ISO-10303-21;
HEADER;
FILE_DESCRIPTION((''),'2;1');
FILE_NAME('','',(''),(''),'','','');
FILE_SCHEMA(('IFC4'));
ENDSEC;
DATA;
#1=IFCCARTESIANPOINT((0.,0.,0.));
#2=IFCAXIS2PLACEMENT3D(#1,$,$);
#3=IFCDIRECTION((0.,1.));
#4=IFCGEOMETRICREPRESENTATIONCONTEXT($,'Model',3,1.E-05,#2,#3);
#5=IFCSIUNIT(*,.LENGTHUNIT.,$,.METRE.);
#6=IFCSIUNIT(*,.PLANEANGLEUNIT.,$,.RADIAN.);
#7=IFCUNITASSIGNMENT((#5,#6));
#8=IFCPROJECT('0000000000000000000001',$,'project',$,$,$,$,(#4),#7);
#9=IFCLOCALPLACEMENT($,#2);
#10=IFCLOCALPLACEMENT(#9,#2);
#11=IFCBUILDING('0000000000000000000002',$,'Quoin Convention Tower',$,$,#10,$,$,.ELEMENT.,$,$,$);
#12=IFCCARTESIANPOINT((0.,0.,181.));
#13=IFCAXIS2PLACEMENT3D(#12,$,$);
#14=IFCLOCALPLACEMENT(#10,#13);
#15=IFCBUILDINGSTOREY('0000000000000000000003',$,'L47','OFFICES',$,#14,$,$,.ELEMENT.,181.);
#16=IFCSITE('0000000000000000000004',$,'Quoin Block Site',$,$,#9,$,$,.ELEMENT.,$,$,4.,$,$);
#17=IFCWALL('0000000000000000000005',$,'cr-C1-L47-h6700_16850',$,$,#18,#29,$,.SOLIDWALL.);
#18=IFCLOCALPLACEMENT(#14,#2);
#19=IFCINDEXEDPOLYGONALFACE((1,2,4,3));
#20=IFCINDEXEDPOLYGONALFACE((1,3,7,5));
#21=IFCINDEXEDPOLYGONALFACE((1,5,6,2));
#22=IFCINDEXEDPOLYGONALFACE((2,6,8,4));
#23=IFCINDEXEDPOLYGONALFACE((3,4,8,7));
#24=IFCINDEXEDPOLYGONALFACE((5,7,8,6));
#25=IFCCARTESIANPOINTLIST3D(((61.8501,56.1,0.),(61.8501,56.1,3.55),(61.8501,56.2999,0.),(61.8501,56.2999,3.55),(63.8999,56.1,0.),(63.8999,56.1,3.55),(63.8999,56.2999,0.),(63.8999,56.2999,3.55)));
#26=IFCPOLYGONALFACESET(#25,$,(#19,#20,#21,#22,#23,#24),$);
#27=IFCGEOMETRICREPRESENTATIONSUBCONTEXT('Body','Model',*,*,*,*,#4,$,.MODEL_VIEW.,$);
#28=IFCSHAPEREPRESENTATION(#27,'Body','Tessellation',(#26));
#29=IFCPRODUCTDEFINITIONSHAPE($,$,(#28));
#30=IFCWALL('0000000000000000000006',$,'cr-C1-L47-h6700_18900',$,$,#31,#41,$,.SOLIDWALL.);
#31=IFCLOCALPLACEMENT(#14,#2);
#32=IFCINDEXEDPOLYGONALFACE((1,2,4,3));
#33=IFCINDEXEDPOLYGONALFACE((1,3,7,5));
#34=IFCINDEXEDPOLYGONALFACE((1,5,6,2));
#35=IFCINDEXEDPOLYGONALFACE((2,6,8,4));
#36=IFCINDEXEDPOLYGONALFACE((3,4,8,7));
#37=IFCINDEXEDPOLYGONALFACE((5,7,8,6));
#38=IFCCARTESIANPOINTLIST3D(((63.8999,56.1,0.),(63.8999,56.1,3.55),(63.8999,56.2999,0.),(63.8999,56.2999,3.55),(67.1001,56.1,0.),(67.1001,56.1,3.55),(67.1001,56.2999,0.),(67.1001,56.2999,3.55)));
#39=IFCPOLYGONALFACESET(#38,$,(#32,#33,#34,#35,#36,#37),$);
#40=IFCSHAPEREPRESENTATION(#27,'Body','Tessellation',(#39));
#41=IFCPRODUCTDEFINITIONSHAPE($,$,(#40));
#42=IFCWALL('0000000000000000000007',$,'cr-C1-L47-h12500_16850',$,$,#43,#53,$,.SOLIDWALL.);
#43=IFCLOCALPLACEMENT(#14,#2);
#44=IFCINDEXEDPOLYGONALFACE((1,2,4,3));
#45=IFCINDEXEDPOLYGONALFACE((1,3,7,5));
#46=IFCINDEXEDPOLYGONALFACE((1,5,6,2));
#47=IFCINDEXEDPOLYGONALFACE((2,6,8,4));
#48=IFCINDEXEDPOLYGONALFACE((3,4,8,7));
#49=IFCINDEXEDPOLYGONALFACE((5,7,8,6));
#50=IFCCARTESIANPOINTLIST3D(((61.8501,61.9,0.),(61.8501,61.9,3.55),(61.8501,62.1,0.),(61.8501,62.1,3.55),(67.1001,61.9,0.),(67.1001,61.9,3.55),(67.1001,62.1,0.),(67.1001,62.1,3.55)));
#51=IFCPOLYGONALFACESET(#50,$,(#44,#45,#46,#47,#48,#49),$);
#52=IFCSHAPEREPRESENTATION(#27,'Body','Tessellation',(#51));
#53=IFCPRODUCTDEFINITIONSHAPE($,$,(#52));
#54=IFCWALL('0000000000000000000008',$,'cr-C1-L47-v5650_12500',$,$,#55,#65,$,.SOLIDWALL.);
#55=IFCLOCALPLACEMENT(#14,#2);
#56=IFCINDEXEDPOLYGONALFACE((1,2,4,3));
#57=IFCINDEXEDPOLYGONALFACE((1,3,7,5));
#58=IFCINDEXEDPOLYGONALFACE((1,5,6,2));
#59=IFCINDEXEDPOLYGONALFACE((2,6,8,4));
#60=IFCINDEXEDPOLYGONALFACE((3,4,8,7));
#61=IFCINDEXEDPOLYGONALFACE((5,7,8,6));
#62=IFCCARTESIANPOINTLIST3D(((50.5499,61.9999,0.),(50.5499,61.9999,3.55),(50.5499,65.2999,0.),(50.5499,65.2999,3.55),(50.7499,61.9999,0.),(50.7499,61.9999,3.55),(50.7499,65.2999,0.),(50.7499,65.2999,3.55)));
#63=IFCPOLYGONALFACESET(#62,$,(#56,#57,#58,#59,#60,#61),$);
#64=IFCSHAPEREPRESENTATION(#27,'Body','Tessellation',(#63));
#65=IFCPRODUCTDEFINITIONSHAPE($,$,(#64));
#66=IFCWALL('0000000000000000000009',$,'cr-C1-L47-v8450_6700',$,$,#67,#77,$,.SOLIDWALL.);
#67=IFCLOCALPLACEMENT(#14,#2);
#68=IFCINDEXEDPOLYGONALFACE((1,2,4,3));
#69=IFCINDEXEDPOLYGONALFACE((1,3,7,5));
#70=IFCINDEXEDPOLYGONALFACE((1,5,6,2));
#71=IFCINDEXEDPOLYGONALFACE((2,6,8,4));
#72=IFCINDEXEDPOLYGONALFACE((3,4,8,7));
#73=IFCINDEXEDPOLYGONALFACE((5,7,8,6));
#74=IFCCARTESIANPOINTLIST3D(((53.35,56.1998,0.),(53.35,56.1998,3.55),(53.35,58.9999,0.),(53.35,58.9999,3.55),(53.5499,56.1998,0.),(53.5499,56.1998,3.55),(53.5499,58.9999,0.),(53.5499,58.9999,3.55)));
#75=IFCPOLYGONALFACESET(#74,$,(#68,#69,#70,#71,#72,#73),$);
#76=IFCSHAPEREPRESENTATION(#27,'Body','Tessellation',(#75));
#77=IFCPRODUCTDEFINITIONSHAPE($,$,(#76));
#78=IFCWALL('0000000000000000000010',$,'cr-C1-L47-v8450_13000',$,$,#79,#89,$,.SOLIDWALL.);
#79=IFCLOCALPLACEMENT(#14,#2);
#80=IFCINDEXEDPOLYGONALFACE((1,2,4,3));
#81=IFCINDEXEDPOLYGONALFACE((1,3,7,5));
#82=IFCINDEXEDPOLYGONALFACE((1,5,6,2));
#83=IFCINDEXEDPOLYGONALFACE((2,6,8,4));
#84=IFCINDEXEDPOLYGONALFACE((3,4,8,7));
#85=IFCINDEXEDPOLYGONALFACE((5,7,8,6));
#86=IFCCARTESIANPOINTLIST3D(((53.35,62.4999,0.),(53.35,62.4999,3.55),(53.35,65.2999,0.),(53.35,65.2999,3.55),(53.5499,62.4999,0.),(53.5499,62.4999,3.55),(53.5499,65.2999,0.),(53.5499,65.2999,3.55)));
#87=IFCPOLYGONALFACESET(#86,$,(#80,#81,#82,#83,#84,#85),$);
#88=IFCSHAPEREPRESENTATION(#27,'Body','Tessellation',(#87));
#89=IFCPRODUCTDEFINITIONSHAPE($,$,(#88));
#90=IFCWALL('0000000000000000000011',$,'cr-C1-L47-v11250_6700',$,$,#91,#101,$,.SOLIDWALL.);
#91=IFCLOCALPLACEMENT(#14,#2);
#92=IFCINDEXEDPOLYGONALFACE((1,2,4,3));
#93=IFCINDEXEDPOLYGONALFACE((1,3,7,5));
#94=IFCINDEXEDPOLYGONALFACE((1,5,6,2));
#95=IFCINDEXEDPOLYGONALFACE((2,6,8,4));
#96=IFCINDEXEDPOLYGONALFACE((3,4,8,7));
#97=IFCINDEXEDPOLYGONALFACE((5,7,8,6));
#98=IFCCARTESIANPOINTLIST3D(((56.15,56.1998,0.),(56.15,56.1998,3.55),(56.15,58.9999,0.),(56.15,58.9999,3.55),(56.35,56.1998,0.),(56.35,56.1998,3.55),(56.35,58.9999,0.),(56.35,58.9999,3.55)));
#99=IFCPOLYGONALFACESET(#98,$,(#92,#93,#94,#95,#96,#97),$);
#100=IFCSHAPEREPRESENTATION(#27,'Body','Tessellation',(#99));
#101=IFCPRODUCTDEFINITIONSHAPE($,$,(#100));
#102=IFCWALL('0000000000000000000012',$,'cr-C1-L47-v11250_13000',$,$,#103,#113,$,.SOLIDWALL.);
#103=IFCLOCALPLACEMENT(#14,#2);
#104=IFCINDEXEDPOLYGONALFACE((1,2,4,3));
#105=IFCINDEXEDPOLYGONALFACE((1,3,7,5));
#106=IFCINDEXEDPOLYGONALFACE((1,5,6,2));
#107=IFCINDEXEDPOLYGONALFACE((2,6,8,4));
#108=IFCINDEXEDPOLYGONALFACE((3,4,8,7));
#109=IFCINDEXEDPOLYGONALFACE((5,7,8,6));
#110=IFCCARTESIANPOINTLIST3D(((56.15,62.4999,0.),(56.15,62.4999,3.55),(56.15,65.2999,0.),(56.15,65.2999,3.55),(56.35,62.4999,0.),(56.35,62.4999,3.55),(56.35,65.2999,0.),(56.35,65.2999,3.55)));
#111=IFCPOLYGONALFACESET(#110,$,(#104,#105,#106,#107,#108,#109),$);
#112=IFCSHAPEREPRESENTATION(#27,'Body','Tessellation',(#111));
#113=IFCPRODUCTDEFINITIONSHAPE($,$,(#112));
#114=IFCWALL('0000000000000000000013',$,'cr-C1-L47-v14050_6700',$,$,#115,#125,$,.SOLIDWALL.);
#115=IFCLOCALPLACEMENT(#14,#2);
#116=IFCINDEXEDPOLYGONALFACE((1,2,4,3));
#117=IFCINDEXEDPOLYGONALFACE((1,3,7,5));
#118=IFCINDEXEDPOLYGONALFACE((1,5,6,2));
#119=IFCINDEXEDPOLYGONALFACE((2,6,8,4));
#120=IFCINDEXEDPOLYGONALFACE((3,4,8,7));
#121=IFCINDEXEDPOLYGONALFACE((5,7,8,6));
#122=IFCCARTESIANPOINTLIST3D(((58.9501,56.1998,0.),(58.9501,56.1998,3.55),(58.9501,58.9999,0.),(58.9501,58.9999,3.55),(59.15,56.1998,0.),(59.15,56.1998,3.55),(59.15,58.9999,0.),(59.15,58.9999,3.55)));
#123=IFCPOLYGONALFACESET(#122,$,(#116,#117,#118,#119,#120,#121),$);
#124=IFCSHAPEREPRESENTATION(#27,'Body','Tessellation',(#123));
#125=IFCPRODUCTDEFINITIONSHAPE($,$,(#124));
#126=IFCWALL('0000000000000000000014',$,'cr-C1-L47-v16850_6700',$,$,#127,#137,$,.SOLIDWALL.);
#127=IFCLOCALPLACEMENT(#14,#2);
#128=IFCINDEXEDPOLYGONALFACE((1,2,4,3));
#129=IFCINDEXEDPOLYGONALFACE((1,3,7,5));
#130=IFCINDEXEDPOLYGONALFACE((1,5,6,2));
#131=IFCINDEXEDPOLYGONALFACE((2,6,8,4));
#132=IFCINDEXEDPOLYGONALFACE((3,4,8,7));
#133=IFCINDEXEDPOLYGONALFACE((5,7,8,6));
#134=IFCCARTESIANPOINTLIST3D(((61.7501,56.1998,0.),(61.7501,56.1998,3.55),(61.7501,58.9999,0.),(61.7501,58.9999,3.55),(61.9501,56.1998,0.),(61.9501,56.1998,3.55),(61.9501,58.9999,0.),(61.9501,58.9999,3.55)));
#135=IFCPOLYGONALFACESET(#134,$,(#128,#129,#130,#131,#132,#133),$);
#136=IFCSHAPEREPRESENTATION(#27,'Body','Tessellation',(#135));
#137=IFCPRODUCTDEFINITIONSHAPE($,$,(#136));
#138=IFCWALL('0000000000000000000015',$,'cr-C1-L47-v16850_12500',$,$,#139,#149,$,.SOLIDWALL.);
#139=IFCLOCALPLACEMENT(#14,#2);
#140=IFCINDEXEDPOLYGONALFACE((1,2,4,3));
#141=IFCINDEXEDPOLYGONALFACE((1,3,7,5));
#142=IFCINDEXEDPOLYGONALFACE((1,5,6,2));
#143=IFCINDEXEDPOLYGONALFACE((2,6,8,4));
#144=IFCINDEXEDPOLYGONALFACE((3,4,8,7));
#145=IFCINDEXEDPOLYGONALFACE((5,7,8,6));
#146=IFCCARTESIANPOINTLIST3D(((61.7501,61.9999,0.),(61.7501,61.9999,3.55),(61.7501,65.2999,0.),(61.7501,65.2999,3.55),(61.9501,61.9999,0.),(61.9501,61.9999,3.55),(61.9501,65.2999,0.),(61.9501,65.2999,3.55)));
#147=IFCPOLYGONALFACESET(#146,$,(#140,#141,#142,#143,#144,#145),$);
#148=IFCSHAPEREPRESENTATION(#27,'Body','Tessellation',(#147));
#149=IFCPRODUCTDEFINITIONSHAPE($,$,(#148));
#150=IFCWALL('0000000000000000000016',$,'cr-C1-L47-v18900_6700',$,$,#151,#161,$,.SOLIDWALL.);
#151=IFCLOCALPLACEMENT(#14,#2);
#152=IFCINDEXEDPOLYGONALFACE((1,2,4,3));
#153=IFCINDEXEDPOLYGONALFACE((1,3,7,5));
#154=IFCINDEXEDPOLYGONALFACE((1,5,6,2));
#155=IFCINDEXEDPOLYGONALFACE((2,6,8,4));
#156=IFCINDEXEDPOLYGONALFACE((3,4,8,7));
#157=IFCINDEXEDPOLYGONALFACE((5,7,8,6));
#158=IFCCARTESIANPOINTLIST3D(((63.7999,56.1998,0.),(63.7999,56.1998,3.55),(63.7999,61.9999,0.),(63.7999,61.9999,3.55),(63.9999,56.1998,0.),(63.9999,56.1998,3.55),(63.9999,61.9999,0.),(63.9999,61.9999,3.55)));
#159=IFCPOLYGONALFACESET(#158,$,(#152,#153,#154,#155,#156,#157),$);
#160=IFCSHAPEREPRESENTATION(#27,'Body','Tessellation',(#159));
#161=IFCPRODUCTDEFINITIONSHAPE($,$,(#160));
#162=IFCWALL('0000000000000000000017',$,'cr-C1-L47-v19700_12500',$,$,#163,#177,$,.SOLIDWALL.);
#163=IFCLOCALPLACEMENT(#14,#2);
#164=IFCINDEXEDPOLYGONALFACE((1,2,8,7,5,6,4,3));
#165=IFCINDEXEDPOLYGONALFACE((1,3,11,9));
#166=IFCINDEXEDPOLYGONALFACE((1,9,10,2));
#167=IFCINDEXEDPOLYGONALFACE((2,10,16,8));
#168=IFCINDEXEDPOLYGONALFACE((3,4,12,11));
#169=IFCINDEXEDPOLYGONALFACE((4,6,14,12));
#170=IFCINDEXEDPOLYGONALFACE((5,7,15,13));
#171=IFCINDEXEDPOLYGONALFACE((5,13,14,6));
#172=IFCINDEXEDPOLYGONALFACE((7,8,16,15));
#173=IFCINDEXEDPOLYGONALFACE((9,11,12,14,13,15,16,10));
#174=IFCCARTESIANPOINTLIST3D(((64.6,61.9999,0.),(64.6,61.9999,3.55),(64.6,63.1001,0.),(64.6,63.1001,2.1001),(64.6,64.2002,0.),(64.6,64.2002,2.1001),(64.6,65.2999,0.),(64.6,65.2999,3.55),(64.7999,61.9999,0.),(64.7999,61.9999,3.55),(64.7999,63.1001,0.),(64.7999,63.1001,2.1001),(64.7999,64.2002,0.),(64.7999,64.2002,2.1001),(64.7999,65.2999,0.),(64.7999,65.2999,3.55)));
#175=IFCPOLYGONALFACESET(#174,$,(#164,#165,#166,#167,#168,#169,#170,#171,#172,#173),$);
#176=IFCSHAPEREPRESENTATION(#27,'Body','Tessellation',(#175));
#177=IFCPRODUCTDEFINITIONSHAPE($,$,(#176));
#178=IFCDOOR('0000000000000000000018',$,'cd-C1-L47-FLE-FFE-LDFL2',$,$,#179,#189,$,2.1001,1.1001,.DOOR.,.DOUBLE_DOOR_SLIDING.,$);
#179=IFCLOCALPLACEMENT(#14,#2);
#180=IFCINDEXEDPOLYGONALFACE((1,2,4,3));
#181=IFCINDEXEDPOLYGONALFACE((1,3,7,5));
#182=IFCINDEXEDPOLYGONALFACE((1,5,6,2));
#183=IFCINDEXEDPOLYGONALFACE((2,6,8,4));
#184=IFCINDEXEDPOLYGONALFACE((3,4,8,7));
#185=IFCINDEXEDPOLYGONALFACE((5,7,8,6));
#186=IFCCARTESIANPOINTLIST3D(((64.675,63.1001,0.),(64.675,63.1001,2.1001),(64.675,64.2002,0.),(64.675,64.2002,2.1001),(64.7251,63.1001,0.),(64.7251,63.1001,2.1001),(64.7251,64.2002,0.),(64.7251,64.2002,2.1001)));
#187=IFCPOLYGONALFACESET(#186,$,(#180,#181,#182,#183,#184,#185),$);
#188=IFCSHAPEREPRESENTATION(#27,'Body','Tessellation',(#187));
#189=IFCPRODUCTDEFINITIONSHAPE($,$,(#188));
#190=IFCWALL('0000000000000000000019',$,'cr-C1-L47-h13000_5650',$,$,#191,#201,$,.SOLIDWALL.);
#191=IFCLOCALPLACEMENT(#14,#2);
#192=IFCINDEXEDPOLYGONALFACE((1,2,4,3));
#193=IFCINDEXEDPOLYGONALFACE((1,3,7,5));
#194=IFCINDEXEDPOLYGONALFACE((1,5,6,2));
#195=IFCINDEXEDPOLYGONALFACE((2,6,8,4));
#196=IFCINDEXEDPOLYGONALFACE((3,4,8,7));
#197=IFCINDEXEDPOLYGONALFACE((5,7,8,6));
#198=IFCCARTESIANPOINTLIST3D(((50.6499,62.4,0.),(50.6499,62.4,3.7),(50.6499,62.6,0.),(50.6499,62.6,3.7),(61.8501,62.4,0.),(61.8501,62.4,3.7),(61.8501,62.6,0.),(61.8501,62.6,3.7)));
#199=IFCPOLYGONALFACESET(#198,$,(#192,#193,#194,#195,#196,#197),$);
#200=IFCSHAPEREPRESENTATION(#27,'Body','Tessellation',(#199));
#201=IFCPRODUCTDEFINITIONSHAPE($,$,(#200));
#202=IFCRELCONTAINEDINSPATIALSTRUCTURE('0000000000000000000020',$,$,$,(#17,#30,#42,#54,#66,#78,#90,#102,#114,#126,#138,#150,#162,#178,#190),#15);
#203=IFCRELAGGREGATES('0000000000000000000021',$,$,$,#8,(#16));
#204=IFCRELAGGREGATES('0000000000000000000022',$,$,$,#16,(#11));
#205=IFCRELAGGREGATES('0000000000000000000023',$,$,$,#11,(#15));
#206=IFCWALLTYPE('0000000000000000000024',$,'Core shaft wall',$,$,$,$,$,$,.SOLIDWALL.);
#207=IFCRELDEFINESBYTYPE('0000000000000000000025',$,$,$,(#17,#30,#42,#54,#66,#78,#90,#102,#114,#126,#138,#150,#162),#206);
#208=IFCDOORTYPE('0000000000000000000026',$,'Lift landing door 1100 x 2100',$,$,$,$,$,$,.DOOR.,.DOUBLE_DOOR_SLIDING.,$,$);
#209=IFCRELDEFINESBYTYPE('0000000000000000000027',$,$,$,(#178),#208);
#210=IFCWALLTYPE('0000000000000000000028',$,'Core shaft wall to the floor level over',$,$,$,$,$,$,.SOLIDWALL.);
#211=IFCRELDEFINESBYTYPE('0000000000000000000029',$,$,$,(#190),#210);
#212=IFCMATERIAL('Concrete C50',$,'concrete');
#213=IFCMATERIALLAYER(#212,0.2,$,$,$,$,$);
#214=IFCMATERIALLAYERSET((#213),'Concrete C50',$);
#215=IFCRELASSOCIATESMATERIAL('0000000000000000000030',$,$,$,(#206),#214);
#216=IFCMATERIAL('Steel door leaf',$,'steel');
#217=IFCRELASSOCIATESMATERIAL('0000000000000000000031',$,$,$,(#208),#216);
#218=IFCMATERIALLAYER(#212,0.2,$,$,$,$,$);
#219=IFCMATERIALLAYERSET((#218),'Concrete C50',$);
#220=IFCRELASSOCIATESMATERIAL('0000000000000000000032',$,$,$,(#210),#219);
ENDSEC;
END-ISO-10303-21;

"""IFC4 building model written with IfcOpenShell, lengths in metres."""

from ifc_helpers import new_model, si_unit, direction, frame, frame_2d, origin, place, context, subcontext, project, spatial, rectangle, extrude, material, layer, layer_set, type_object, element, fill, save


model = new_model("IFC4")

# Units and contexts
model_context = context("Model", 3, precision=1e-05, world=origin(), true_north=direction((0.0, 1.0)))
body_context = subcontext(model_context, "Body", "Model", "MODEL_VIEW")
ifc_project = project(units=[si_unit("LENGTHUNIT", "METRE"), si_unit("PLANEANGLEUNIT", "RADIAN")], contexts=[model_context])

# Site, building, storey
site_placement = place(None, origin())
site = spatial("IfcSite", under=ifc_project, at=site_placement, Name="Quoin Block Site", CompositionType="ELEMENT", RefElevation=4.0)
building_placement = place(site_placement, origin())
building = spatial("IfcBuilding", under=site, at=building_placement, Name="Quoin Convention Tower", CompositionType="ELEMENT")
storey_placement = place(building_placement, frame((0.0, 0.0, 181.0)))
storey = spatial("IfcBuildingStorey", under=building, at=storey_placement, Name="L47", Description="OFFICES", CompositionType="ELEMENT", Elevation=181.0)

# Walls
ifc_material_1 = material(Name="Concrete C50", Category="concrete")
ifc_layer_1 = layer(ifc_material_1, 0.2)
ifc_layer_set_1 = layer_set([ifc_layer_1], Name="Concrete C50")
wall_type_1 = type_object("IfcWallType", Name="Core shaft wall", PredefinedType="SOLIDWALL", material=ifc_layer_set_1)
wall_1_placement = place(storey_placement, frame((61.8501, 56.2, 0.0), z_axis=(0.0, 0.0, 1.0), x_axis=(1.0, 0.0, 0.0)))
element("IfcWall", 1, at=wall_1_placement, inside=storey, type_object=wall_type_1, Name="cr-C1-L47-h6700_16850", PredefinedType="SOLIDWALL", context=body_context, shape_type="SweptSolid", body=[
    extrude(rectangle(XDim=2.0498, YDim=0.2, at=frame_2d((1.0249, 0.0))), origin(), (0.0, 0.0, 1.0), 3.55),
])
wall_2_placement = place(storey_placement, frame((63.8999, 56.2, 0.0), z_axis=(0.0, 0.0, 1.0), x_axis=(1.0, 0.0, 0.0)))
element("IfcWall", 2, at=wall_2_placement, inside=storey, type_object=wall_type_1, Name="cr-C1-L47-h6700_18900", PredefinedType="SOLIDWALL", context=body_context, shape_type="SweptSolid", body=[
    extrude(rectangle(XDim=3.2002, YDim=0.2, at=frame_2d((1.6001, 0.0))), origin(), (0.0, 0.0, 1.0), 3.55),
])
wall_3_placement = place(storey_placement, frame((61.8501, 62.0, 0.0), z_axis=(0.0, 0.0, 1.0), x_axis=(1.0, 0.0, 0.0)))
element("IfcWall", 3, at=wall_3_placement, inside=storey, type_object=wall_type_1, Name="cr-C1-L47-h12500_16850", PredefinedType="SOLIDWALL", context=body_context, shape_type="SweptSolid", body=[
    extrude(rectangle(XDim=5.25, YDim=0.2, at=frame_2d((2.625, 0.0))), origin(), (0.0, 0.0, 1.0), 3.55),
])
wall_4_placement = place(storey_placement, frame((50.6499, 62.0, 0.0), z_axis=(0.0, 0.0, 1.0), x_axis=(0.0, 1.0, 0.0)))
element("IfcWall", 4, at=wall_4_placement, inside=storey, type_object=wall_type_1, Name="cr-C1-L47-v5650_12500", PredefinedType="SOLIDWALL", context=body_context, shape_type="SweptSolid", body=[
    extrude(rectangle(XDim=3.3, YDim=0.2, at=frame_2d((1.6499, 0.0))), origin(), (0.0, 0.0, 1.0), 3.55),
])
for number, where, z_axis, x_axis, name in (
    (5, (53.45, 56.2, 0.0), (0.0, 0.0, 1.0), (0.0, 1.0, 0.0), "cr-C1-L47-v8450_6700"),
    (6, (53.45, 62.5, 0.0), (0.0, 0.0, 1.0), (0.0, 1.0, 0.0), "cr-C1-L47-v8450_13000"),
    (7, (56.25, 56.2, 0.0), (0.0, 0.0, 1.0), (0.0, 1.0, 0.0), "cr-C1-L47-v11250_6700"),
    (8, (56.25, 62.5, 0.0), (0.0, 0.0, 1.0), (0.0, 1.0, 0.0), "cr-C1-L47-v11250_13000"),
    (9, (59.05, 56.2, 0.0), (0.0, 0.0, 1.0), (0.0, 1.0, 0.0), "cr-C1-L47-v14050_6700"),
    (10, (61.8501, 56.2, 0.0), (0.0, 0.0, 1.0), (0.0, 1.0, 0.0), "cr-C1-L47-v16850_6700"),
):
    element("IfcWall", number, at=place(storey_placement, frame(where, z_axis=z_axis, x_axis=x_axis)), inside=storey, type_object=wall_type_1, Name=name, PredefinedType="SOLIDWALL", context=body_context, shape_type="SweptSolid", body=[
        extrude(rectangle(XDim=2.8, YDim=0.2, at=frame_2d((1.3999, 0.0))), origin(), (0.0, 0.0, 1.0), 3.55),
    ])
wall_5_placement = place(storey_placement, frame((61.8501, 62.0, 0.0), z_axis=(0.0, 0.0, 1.0), x_axis=(0.0, 1.0, 0.0)))
element("IfcWall", 11, at=wall_5_placement, inside=storey, type_object=wall_type_1, Name="cr-C1-L47-v16850_12500", PredefinedType="SOLIDWALL", context=body_context, shape_type="SweptSolid", body=[
    extrude(rectangle(XDim=3.3, YDim=0.2, at=frame_2d((1.6499, 0.0))), origin(), (0.0, 0.0, 1.0), 3.55),
])
wall_6_placement = place(storey_placement, frame((63.8999, 56.2, 0.0), z_axis=(0.0, 0.0, 1.0), x_axis=(0.0, 1.0, 0.0)))
element("IfcWall", 12, at=wall_6_placement, inside=storey, type_object=wall_type_1, Name="cr-C1-L47-v18900_6700", PredefinedType="SOLIDWALL", context=body_context, shape_type="SweptSolid", body=[
    extrude(rectangle(XDim=5.8, YDim=0.2, at=frame_2d((2.8999, 0.0))), origin(), (0.0, 0.0, 1.0), 3.55),
])

# Wall, opening, door
wall_7_placement = place(storey_placement, frame((64.7, 62.0, 0.0), z_axis=(0.0, 0.0, 1.0), x_axis=(0.0, 1.0, 0.0)))
wall_7 = element("IfcWall", 13, at=wall_7_placement, inside=storey, type_object=wall_type_1, Name="cr-C1-L47-v19700_12500", PredefinedType="SOLIDWALL", context=body_context, shape_type="SweptSolid", body=[
    extrude(rectangle(XDim=3.3, YDim=0.2, at=frame_2d((1.6499, 0.0))), origin(), (0.0, 0.0, 1.0), 3.55),
])
opening_placement = place(wall_7_placement, frame((1.1001, 0.0, 0.0)))
opening = element("IfcOpeningElement", 14, at=opening_placement, cuts=wall_7, PredefinedType="OPENING", context=body_context, shape_type="SweptSolid", body=[
    extrude(rectangle(XDim=1.1001, YDim=2.1001, at=frame_2d((0.55, 1.05))), frame((0.0, 0.1099, 0.0), z_axis=(0.0, -1.0, 0.0), x_axis=(1.0, 0.0, 0.0)), (0.0, 0.0, 1.0), 0.22),
])
ifc_material_2 = material(Name="Steel door leaf", Category="steel")
door_type = type_object("IfcDoorType", Name="Lift landing door 1100 x 2100", OperationType="DOUBLE_DOOR_SLIDING", PredefinedType="DOOR", material=ifc_material_2)
door_placement = place(opening_placement, origin())
door = element("IfcDoor", 15, at=door_placement, inside=storey, type_object=door_type, Name="cd-C1-L47-FLE-FFE-LDFL2", OperationType="DOUBLE_DOOR_SLIDING", OverallHeight=2.1001, OverallWidth=1.1001, PredefinedType="DOOR", context=body_context, shape_type="SweptSolid", body=[
    extrude(rectangle(XDim=1.1001, YDim=2.1001, at=frame_2d((0.55, 1.05))), frame((0.0, 0.0249, 0.0), z_axis=(0.0, -1.0, 0.0), x_axis=(1.0, 0.0, 0.0)), (0.0, 0.0, 1.0), 0.05),
])
fill(opening, door)

# Wall
ifc_layer_2 = layer(ifc_material_1, 0.2)
ifc_layer_set_2 = layer_set([ifc_layer_2], Name="Concrete C50")
wall_type_2 = type_object("IfcWallType", Name="Core shaft wall to the floor level over", PredefinedType="SOLIDWALL", material=ifc_layer_set_2)
wall_8_placement = place(storey_placement, frame((50.6499, 62.5, 0.0), z_axis=(0.0, 0.0, 1.0), x_axis=(1.0, 0.0, 0.0)))
element("IfcWall", 16, at=wall_8_placement, inside=storey, type_object=wall_type_2, Name="cr-C1-L47-h13000_5650", PredefinedType="SOLIDWALL", context=body_context, shape_type="SweptSolid", body=[
    extrude(rectangle(XDim=11.2002, YDim=0.2, at=frame_2d((5.6001, 0.0))), origin(), (0.0, 0.0, 1.0), 3.7),
])

save(model, "model.ifc")
